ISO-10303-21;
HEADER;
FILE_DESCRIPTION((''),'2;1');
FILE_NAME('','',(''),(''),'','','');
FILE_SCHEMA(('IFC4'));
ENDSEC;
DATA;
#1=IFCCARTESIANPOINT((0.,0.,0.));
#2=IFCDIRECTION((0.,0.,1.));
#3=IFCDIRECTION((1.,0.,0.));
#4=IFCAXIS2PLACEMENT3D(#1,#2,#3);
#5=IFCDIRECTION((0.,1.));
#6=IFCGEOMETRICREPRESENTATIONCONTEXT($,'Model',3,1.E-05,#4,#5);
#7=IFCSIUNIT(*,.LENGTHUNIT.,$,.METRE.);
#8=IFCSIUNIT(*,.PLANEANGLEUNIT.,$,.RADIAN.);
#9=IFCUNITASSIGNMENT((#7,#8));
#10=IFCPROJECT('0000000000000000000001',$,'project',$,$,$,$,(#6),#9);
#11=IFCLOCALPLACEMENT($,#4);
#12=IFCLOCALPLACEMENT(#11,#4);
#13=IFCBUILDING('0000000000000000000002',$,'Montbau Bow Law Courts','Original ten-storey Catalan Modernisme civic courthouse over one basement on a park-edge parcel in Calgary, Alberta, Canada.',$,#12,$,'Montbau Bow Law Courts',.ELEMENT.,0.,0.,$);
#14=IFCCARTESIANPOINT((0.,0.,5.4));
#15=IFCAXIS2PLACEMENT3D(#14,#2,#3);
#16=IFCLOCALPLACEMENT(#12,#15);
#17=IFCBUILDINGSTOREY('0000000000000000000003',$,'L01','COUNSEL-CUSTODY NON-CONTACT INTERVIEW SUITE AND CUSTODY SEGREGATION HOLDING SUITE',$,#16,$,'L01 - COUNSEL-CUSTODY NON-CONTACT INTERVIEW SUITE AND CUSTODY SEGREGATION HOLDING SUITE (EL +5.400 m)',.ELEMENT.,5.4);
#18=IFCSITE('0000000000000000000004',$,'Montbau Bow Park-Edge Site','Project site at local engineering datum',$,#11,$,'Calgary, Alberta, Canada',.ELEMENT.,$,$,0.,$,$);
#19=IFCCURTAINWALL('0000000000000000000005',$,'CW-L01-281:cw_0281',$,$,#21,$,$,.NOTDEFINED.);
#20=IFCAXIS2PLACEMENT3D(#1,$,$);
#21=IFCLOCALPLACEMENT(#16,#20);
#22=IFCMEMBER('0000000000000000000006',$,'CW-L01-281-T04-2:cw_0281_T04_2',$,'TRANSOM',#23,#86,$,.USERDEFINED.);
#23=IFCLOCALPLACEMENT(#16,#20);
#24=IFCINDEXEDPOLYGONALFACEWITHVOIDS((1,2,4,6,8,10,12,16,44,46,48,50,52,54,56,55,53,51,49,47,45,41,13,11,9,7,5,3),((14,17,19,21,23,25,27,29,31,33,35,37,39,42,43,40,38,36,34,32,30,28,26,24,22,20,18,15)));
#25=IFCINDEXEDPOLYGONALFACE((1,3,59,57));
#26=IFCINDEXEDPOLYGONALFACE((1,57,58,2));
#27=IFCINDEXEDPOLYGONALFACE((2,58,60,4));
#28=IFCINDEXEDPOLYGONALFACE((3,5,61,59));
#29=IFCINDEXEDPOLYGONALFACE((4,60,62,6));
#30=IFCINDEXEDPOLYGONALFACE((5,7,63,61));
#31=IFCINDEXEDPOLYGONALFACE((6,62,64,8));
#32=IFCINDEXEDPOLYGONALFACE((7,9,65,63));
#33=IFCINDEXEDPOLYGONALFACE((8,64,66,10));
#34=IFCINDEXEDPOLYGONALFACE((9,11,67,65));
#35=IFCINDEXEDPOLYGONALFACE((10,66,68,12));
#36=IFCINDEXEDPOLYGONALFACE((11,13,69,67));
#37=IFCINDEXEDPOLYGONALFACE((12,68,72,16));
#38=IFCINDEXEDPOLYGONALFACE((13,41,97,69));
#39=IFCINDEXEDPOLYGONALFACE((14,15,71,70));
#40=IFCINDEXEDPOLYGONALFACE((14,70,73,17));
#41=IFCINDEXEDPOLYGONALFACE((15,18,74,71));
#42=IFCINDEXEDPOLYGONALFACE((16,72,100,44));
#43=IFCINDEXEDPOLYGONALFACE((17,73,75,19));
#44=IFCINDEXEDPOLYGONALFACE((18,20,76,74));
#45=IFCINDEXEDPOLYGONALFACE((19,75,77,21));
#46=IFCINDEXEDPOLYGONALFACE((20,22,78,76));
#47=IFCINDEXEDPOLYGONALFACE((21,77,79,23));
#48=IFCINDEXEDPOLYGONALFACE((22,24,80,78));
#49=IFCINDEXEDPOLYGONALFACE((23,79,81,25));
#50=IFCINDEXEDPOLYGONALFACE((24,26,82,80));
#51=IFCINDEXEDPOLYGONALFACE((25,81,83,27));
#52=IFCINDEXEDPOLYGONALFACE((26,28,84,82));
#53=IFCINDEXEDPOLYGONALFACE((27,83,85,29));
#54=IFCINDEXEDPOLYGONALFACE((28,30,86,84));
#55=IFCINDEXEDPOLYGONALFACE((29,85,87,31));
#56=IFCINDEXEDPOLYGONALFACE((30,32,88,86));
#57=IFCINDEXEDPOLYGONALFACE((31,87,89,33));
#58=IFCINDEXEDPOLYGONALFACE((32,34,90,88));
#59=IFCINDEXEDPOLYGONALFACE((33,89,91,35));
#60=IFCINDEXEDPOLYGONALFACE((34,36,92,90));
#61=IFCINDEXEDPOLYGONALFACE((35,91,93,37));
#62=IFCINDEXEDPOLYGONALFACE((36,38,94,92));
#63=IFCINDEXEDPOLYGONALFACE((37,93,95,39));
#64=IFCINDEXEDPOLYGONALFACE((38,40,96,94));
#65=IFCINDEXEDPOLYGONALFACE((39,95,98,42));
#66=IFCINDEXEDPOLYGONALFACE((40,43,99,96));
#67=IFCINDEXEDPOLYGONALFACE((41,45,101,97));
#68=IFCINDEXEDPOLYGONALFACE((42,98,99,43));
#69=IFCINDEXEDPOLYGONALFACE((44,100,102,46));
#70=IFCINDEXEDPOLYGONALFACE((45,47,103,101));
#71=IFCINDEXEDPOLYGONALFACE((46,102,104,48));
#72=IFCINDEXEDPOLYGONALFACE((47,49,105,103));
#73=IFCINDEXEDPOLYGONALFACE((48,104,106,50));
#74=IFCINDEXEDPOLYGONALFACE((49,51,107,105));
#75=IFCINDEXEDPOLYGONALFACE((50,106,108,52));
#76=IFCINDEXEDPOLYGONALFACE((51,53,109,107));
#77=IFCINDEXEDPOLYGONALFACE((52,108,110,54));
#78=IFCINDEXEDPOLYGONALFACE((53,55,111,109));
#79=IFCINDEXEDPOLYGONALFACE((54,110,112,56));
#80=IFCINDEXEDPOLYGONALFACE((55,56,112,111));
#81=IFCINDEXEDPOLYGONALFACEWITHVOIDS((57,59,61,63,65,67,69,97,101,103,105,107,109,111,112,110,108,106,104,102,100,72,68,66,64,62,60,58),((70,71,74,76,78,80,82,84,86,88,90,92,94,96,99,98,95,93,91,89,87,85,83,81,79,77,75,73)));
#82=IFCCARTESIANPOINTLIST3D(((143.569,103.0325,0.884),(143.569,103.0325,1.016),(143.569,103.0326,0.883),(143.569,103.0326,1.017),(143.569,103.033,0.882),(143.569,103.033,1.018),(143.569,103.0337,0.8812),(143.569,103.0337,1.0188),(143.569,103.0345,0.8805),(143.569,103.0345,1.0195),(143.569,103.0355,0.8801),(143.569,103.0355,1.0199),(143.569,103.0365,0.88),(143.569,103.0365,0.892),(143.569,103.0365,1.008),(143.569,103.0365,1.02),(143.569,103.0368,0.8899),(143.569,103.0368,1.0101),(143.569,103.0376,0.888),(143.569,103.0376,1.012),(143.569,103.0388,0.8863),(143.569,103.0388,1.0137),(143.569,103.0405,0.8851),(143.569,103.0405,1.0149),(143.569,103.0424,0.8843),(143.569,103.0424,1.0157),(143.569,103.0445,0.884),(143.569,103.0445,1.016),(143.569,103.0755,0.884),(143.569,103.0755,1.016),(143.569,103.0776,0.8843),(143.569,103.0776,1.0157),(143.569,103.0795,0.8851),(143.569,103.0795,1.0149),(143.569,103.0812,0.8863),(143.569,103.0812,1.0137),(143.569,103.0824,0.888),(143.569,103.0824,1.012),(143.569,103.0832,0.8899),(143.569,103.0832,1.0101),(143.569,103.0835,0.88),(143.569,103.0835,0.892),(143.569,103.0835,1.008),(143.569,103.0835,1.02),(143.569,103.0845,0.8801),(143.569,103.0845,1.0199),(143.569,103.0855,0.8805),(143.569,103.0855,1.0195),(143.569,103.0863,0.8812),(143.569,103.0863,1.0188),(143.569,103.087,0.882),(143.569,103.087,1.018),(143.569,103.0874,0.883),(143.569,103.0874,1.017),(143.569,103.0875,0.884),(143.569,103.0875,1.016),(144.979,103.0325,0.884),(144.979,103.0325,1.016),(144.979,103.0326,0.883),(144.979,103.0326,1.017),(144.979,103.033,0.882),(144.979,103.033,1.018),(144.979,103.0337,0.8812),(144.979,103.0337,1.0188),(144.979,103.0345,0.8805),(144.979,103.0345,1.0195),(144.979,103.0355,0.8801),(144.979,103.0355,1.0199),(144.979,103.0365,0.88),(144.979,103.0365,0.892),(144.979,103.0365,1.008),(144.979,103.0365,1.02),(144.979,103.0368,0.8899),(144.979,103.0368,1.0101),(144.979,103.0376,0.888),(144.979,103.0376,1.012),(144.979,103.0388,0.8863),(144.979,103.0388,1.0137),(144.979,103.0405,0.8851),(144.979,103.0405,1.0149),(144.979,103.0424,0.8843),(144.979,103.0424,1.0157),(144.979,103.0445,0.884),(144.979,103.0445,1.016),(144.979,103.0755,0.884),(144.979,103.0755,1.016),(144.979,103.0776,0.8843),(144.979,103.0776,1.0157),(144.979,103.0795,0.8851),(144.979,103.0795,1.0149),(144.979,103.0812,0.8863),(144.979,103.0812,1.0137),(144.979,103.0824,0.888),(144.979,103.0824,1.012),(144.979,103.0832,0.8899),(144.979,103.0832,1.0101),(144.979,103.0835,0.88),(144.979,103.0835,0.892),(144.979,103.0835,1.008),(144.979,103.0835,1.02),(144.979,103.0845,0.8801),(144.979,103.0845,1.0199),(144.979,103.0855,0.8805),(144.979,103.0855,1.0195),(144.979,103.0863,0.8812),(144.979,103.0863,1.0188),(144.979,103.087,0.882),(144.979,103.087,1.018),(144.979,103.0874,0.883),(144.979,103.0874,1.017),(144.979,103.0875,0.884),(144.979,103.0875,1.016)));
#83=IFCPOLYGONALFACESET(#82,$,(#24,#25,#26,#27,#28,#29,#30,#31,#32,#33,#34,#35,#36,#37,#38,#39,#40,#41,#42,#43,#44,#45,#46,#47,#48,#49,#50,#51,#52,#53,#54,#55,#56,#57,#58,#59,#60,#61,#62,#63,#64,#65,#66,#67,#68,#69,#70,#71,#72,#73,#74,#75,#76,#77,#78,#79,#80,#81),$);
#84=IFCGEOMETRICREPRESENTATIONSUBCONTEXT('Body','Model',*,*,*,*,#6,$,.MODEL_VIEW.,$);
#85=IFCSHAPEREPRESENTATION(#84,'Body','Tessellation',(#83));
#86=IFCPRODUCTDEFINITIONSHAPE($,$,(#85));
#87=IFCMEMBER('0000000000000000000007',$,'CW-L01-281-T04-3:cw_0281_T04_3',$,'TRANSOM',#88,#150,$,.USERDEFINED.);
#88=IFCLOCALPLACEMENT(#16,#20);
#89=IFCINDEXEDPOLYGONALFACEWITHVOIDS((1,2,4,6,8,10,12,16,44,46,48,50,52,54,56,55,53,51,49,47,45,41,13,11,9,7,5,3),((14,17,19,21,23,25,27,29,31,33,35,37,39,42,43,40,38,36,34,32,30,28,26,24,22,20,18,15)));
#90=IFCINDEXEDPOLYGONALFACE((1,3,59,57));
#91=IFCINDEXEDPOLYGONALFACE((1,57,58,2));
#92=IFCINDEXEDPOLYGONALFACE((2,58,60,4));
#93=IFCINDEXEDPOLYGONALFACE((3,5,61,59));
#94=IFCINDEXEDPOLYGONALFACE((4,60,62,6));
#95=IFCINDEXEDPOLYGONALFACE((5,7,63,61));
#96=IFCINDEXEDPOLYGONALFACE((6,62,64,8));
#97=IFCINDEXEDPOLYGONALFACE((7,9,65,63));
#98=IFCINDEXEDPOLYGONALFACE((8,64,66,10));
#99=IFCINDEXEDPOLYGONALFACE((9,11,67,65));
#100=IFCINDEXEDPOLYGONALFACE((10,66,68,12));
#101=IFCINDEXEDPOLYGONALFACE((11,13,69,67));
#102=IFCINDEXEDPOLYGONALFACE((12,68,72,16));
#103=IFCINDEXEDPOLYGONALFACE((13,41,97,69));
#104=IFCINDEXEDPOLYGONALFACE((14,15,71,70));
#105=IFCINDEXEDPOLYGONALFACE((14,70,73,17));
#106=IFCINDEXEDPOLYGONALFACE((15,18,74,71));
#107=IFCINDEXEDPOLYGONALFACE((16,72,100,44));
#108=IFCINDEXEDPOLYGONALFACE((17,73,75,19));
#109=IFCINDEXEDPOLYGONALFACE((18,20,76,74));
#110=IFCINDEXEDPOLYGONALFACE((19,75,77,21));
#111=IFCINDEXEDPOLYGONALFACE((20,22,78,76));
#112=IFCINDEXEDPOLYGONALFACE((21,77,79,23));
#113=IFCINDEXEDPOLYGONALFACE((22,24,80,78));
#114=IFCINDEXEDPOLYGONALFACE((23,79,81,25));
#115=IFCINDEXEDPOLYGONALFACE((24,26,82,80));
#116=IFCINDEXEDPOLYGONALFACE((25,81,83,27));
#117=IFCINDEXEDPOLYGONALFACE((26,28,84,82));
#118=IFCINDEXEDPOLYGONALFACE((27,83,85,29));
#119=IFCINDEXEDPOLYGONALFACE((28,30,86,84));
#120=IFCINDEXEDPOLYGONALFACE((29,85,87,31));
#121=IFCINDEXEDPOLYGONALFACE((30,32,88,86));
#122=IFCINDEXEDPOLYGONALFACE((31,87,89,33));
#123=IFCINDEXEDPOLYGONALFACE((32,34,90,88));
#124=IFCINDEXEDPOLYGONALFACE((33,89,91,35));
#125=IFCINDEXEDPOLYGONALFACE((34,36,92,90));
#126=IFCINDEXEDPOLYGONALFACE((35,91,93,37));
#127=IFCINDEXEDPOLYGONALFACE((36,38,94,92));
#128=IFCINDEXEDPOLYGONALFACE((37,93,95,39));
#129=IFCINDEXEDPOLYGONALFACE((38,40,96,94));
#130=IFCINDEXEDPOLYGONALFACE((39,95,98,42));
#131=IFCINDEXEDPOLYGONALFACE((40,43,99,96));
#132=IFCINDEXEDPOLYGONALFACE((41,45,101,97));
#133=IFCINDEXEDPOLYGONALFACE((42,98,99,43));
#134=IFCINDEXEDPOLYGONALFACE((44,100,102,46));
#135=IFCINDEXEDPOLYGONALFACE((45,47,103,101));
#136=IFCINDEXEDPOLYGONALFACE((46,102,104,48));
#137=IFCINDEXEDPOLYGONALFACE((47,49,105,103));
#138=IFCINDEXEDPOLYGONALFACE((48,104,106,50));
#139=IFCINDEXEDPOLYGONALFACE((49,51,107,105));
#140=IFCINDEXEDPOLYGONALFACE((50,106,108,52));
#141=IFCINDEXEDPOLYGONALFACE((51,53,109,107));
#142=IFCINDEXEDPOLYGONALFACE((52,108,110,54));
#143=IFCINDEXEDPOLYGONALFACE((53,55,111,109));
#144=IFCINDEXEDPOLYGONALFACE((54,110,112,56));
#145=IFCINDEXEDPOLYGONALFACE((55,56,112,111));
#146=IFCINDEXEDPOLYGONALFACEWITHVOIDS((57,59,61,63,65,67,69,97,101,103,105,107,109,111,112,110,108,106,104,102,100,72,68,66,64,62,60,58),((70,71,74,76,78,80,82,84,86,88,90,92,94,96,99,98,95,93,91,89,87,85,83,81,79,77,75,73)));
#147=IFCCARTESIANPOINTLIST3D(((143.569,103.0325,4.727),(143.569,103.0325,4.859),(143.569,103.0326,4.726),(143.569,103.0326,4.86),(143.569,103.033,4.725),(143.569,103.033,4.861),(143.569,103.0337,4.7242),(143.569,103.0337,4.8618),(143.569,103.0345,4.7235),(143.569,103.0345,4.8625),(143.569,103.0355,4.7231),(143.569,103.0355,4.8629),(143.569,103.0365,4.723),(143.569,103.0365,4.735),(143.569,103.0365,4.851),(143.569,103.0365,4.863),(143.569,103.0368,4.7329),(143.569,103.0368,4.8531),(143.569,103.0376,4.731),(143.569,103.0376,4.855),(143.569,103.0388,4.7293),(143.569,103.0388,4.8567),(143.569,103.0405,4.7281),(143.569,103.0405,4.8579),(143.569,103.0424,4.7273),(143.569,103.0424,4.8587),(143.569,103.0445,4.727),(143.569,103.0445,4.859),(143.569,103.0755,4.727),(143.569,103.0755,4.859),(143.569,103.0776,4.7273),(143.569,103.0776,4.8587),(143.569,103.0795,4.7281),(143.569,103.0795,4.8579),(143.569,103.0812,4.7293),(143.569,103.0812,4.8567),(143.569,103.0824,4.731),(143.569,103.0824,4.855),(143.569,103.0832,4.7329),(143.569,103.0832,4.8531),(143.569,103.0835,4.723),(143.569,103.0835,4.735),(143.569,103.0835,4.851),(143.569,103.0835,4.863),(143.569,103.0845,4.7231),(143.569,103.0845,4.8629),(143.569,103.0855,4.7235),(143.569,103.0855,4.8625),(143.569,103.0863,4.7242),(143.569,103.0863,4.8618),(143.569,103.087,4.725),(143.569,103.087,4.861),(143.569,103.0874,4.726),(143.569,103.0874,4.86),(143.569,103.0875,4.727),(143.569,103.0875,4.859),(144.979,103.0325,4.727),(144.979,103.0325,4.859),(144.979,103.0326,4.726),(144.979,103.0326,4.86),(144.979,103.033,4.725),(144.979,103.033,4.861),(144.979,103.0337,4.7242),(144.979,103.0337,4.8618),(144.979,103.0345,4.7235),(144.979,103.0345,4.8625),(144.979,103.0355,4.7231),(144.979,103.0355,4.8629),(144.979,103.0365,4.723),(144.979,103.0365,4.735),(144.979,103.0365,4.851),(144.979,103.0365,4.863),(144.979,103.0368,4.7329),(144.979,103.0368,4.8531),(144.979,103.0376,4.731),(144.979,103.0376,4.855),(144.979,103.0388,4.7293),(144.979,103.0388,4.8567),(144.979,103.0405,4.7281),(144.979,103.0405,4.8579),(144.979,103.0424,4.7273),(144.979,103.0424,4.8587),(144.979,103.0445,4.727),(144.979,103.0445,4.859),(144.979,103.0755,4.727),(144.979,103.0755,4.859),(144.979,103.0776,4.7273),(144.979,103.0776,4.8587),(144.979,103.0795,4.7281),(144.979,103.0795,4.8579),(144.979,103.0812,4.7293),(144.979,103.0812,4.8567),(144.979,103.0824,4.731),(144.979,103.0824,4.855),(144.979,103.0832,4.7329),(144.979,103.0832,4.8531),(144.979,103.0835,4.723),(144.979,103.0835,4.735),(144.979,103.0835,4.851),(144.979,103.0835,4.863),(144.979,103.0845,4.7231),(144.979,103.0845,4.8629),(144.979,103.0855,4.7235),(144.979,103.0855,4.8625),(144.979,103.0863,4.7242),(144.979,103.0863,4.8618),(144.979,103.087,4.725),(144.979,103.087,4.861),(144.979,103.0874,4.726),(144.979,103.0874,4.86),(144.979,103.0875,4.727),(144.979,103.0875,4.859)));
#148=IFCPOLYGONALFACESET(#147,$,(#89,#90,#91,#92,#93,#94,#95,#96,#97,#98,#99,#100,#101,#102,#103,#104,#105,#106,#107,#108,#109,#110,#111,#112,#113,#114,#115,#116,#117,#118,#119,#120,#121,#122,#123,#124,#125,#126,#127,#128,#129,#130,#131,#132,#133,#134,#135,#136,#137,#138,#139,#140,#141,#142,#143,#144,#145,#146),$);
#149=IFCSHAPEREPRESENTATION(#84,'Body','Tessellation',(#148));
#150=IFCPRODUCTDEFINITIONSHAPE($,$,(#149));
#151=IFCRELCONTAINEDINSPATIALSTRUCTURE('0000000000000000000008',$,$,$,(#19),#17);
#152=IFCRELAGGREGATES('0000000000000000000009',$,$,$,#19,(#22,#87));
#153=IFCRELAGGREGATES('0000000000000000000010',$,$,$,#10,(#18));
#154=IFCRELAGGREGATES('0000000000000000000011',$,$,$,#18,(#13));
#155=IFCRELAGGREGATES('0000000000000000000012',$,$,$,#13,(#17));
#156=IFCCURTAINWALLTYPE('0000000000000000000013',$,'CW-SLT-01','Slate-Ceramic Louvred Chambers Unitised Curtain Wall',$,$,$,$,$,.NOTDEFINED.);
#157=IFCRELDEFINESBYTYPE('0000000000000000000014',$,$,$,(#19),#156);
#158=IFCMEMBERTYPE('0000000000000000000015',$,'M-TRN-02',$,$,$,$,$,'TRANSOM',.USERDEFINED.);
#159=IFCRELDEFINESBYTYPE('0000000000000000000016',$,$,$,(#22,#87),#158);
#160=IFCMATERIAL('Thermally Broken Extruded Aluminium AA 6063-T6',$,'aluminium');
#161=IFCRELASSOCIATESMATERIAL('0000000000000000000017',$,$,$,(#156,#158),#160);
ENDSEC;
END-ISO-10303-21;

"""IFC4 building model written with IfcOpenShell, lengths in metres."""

from ifc_helpers import new_model, si_unit, direction, frame, origin_with_axes, origin_2d_with_axis, place, context, subcontext, project, spatial, hollow_rectangle, extrude, material, material_profile, profile_set, type_object, element, aggregate, save


model = new_model("IFC4")

# Units and contexts
model_context = context("Model", 3, precision=1e-05, world=origin_with_axes(), true_north=direction((0.0, 1.0)))
body_context = subcontext(model_context, "Body", "Model", "MODEL_VIEW")
ifc_project = project(units=[si_unit("LENGTHUNIT", "METRE"), si_unit("PLANEANGLEUNIT", "RADIAN")], contexts=[model_context])

# Site, building, storey
site_placement = place(None, origin_with_axes())
site = spatial("IfcSite", under=ifc_project, at=site_placement, Name="Montbau Bow Park-Edge Site", Description="Project site at local engineering datum", LongName="Calgary, Alberta, Canada", CompositionType="ELEMENT", RefElevation=0.0)
building_placement = place(site_placement, origin_with_axes())
building = spatial("IfcBuilding", under=site, at=building_placement, Name="Montbau Bow Law Courts", Description="Original ten-storey Catalan Modernisme civic courthouse over one basement on a park-edge parcel in Calgary, Alberta, Canada.", LongName="Montbau Bow Law Courts", CompositionType="ELEMENT", ElevationOfRefHeight=0.0, ElevationOfTerrain=0.0)
storey_placement = place(building_placement, frame((0.0, 0.0, 5.4), z_axis=(0.0, 0.0, 1.0), x_axis=(1.0, 0.0, 0.0)))
storey = spatial("IfcBuildingStorey", under=building, at=storey_placement, Name="L01", Description="COUNSEL-CUSTODY NON-CONTACT INTERVIEW SUITE AND CUSTODY SEGREGATION HOLDING SUITE", LongName="L01 - COUNSEL-CUSTODY NON-CONTACT INTERVIEW SUITE AND CUSTODY SEGREGATION HOLDING SUITE (EL +5.400 m)", CompositionType="ELEMENT", Elevation=5.4)

# Curtain wall, members
ifc_material_1 = material(Name="Thermally Broken Extruded Aluminium AA 6063-T6", Category="aluminium")
curtain_wall_type = type_object("IfcCurtainWallType", Name="CW-SLT-01", Description="Slate-Ceramic Louvred Chambers Unitised Curtain Wall", PredefinedType="NOTDEFINED", material=ifc_material_1)
curtain_wall_placement = place(None, frame((139.115, 103.06, 5.4), z_axis=(0.0, 0.0, 1.0), x_axis=(1.0, 0.0, 0.0)))
curtain_wall = element("IfcCurtainWall", 1, at=curtain_wall_placement, inside=storey, type_object=curtain_wall_type, Name="CW-L01-281:cw_0281", PredefinedType="NOTDEFINED")
ifc_material_profile_1 = material_profile(ifc_material_1, hollow_rectangle(XDim=0.055, YDim=0.14, WallThickness=0.004, InnerFilletRadius=0.008, OuterFilletRadius=0.004, at=origin_2d_with_axis()), Name="CWT-140X55", Category="Main", Priority=0)
ifc_profile_set_1 = profile_set([ifc_material_profile_1], Name="Thermally Broken Extruded Aluminium AA 6063-T6")
member_type_1 = type_object("IfcMemberType", Name="M-TRN-02", ElementType="TRANSOM", PredefinedType="USERDEFINED", material=ifc_profile_set_1)
member_1_placement = place(None, frame((143.569, 103.06, 6.35), z_axis=(1.0, 0.0, 0.0), x_axis=(0.0, 1.0, 0.0)))
member_1 = element("IfcMember", 2, at=member_1_placement, type_object=member_type_1, Name="CW-L01-281-T04-2:cw_0281_T04_2", ObjectType="TRANSOM", PredefinedType="USERDEFINED", context=body_context, shape_type="SweptSolid", body=[
    extrude(hollow_rectangle(XDim=0.055, YDim=0.14, WallThickness=0.004, InnerFilletRadius=0.008, OuterFilletRadius=0.004, at=origin_2d_with_axis()), origin_with_axes(), (0.0, 0.0, 1.0), 1.41),
])
member_2_placement = place(None, frame((143.569, 103.06, 10.193), z_axis=(1.0, 0.0, 0.0), x_axis=(0.0, 1.0, 0.0)))
member_2 = element("IfcMember", 3, at=member_2_placement, type_object=member_type_1, Name="CW-L01-281-T04-3:cw_0281_T04_3", ObjectType="TRANSOM", PredefinedType="USERDEFINED", context=body_context, shape_type="SweptSolid", body=[
    extrude(hollow_rectangle(XDim=0.055, YDim=0.14, WallThickness=0.004, InnerFilletRadius=0.008, OuterFilletRadius=0.004, at=origin_2d_with_axis()), origin_with_axes(), (0.0, 0.0, 1.0), 1.41),
])
aggregate(curtain_wall, [member_1, member_2])

save(model, "model.ifc")
